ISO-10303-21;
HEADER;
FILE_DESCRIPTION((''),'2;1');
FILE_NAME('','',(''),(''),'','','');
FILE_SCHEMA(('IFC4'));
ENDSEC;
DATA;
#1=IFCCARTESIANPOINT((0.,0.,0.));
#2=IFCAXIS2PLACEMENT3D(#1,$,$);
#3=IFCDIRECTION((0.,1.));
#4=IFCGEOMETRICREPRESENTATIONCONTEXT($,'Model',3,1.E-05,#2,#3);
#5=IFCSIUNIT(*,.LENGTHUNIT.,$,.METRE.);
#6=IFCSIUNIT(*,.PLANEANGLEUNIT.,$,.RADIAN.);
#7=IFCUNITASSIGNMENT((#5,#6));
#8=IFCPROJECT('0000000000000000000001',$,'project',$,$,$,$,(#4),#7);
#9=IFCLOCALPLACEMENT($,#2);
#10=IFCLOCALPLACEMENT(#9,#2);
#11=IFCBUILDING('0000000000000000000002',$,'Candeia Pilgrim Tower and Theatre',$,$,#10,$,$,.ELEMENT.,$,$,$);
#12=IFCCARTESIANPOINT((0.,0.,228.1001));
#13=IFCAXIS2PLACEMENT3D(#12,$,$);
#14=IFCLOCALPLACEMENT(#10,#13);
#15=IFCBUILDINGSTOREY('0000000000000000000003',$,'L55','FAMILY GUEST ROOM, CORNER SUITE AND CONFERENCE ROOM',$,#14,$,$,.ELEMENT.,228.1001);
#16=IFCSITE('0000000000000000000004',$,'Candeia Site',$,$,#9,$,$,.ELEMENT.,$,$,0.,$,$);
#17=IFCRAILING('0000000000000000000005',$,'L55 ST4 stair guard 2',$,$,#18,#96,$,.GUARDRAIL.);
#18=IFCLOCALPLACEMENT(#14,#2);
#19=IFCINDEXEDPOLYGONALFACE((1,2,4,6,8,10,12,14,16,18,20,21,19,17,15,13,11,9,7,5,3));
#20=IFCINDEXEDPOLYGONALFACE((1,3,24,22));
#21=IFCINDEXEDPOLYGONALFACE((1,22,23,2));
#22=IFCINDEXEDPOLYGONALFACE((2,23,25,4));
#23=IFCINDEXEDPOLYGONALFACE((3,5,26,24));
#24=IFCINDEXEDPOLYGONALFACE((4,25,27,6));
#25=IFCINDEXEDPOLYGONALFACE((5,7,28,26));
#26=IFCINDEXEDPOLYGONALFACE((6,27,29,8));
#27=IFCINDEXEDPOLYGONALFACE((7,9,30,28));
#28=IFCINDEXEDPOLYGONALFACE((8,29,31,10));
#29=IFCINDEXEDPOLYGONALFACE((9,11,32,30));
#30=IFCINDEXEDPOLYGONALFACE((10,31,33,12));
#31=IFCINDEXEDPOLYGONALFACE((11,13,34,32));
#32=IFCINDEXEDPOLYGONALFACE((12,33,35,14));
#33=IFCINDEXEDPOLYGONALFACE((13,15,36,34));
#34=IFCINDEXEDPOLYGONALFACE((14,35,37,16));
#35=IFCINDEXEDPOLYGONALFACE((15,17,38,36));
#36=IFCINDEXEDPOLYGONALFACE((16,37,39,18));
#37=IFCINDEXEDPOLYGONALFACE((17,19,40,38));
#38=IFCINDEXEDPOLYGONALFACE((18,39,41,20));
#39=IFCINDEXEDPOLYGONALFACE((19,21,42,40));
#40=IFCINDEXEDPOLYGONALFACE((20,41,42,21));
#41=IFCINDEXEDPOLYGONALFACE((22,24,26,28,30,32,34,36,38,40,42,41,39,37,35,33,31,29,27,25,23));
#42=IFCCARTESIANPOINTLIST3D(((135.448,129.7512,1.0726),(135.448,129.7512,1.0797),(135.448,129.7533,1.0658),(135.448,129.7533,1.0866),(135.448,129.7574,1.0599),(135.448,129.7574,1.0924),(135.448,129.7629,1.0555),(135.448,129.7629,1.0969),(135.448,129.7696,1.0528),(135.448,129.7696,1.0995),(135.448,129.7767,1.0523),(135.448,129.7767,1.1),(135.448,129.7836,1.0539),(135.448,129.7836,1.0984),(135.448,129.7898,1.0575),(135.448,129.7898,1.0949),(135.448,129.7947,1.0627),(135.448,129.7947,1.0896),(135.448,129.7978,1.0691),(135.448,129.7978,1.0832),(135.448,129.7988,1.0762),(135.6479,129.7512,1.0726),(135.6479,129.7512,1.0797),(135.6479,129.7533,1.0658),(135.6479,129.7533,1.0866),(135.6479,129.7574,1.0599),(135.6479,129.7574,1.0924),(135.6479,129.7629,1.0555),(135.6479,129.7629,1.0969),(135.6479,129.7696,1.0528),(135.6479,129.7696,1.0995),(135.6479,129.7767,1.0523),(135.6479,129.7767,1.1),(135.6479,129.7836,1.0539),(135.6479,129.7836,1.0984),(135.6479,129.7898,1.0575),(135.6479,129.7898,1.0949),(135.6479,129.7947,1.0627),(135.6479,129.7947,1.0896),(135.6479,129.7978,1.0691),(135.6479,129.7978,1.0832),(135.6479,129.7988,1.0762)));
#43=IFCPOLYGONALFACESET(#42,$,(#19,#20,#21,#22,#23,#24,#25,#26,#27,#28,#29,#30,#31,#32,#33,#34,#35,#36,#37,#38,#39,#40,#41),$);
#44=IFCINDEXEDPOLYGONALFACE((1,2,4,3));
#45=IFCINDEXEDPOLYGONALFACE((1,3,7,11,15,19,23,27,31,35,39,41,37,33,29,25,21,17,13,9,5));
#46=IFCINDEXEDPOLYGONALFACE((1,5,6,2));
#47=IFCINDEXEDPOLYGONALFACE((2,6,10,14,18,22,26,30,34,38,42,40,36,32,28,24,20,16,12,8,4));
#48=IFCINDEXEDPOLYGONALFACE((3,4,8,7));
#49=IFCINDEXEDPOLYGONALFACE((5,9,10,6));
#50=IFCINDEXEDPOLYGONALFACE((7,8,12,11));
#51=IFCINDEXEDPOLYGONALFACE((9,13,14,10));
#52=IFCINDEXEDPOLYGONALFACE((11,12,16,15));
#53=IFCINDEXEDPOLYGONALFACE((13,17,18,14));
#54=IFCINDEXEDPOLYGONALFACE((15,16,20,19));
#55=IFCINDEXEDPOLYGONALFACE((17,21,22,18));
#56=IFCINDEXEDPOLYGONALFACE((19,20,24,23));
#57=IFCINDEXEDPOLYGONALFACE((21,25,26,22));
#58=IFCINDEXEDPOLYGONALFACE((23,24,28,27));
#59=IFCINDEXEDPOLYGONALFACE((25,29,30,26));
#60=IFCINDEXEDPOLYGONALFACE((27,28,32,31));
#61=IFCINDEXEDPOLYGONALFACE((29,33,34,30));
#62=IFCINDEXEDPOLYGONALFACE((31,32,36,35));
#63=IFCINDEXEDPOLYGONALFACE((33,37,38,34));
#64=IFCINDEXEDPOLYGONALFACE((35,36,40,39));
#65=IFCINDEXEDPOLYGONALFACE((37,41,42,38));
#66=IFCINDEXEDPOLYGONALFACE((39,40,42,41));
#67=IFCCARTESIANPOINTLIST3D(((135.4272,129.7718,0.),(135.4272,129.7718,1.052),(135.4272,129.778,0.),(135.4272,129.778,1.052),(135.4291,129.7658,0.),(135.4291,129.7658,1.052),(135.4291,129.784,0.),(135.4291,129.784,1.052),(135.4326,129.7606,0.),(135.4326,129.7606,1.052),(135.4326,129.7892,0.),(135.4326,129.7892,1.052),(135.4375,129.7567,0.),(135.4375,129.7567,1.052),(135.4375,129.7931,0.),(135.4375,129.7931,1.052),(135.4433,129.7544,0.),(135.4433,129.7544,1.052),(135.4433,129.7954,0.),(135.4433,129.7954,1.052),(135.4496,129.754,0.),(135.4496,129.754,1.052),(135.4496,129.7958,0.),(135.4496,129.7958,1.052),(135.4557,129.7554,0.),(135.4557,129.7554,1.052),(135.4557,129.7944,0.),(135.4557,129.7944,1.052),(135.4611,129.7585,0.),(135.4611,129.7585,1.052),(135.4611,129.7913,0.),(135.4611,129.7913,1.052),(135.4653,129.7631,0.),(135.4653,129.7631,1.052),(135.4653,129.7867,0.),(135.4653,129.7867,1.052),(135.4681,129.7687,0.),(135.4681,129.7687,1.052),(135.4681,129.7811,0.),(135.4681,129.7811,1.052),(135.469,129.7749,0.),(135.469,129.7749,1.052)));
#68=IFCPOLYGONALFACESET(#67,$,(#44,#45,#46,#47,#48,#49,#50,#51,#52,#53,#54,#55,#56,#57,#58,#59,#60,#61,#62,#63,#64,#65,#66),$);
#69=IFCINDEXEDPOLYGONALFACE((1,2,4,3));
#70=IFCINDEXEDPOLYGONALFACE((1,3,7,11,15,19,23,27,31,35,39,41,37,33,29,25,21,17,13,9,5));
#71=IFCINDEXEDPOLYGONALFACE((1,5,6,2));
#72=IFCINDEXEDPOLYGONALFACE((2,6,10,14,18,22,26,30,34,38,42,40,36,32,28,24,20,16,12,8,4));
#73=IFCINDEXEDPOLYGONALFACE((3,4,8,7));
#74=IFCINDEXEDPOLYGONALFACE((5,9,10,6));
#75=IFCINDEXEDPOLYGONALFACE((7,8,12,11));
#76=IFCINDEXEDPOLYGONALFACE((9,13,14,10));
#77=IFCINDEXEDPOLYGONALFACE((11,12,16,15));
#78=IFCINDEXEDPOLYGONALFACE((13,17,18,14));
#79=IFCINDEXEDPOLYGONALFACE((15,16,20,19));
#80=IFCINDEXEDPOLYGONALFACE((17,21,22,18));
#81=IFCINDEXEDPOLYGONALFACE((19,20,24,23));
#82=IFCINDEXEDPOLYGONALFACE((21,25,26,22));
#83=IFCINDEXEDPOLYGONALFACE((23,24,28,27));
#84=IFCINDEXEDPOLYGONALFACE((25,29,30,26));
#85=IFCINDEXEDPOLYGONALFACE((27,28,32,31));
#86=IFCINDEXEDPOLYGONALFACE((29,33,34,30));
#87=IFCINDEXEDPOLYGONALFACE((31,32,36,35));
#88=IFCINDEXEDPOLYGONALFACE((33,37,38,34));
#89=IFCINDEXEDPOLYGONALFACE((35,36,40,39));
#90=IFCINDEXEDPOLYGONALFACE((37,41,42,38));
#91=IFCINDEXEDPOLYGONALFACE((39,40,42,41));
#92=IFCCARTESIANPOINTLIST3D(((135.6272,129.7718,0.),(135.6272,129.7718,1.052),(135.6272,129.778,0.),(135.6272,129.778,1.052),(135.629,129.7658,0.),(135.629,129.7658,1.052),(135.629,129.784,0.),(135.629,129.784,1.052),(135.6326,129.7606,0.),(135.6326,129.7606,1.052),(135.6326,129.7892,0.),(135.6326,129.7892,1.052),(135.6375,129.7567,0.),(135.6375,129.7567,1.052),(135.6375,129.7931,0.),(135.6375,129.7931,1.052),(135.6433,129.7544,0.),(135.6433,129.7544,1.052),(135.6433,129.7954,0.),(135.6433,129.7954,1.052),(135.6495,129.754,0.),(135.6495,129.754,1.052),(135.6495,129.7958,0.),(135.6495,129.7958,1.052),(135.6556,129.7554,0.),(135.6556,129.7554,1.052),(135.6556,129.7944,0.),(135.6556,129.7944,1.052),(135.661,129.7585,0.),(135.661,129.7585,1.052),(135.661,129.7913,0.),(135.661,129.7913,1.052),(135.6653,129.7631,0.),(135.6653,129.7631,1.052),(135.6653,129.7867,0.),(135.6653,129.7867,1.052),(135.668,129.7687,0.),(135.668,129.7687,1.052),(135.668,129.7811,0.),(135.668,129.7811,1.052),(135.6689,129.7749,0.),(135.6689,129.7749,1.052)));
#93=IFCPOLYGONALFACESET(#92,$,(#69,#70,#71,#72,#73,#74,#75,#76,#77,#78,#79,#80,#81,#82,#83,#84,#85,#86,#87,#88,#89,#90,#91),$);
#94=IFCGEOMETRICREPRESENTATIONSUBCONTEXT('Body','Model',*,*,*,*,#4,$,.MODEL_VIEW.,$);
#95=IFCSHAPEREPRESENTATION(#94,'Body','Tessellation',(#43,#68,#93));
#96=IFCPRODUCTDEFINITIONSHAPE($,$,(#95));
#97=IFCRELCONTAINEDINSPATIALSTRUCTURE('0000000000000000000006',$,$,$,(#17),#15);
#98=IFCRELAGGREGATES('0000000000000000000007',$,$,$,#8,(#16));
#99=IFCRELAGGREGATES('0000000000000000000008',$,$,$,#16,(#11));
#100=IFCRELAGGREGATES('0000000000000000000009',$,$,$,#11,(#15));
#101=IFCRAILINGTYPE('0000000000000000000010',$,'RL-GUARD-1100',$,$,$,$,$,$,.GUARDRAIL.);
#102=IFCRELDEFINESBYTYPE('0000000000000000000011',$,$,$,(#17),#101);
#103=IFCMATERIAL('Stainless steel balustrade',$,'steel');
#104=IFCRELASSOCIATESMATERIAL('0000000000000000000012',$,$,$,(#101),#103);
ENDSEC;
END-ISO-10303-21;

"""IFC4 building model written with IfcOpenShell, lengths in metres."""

from ifc_helpers import new_model, si_unit, direction, frame, origin, origin_2d, place, context, subcontext, project, spatial, circle, extrude, material, type_object, element, save


model = new_model("IFC4")

# Units and contexts
model_context = context("Model", 3, precision=1e-05, world=origin(), true_north=direction((0.0, 1.0)))
body_context = subcontext(model_context, "Body", "Model", "MODEL_VIEW")
ifc_project = project(units=[si_unit("LENGTHUNIT", "METRE"), si_unit("PLANEANGLEUNIT", "RADIAN")], contexts=[model_context])

# Site, building, storey
site_placement = place(None, origin())
site = spatial("IfcSite", under=ifc_project, at=site_placement, Name="Candeia Site", CompositionType="ELEMENT", RefElevation=0.0)
building_placement = place(site_placement, origin())
building = spatial("IfcBuilding", under=site, at=building_placement, Name="Candeia Pilgrim Tower and Theatre", CompositionType="ELEMENT")
storey_placement = place(building_placement, frame((0.0, 0.0, 228.1001)))
storey = spatial("IfcBuildingStorey", under=building, at=storey_placement, Name="L55", Description="FAMILY GUEST ROOM, CORNER SUITE AND CONFERENCE ROOM", CompositionType="ELEMENT", Elevation=228.1001)

# Railing
ifc_material_1 = material(Name="Stainless steel balustrade", Category="steel")
railing_type_1 = type_object("IfcRailingType", Name="RL-GUARD-1100", PredefinedType="GUARDRAIL", material=ifc_material_1)
railing_1_placement = place(storey_placement, frame((135.448, 129.7749, 0.0)))
element("IfcRailing", 1, at=railing_1_placement, inside=storey, type_object=railing_type_1, Name="L55 ST4 stair guard 2", PredefinedType="GUARDRAIL", context=body_context, shape_type="SweptSolid", body=[
    extrude(circle(Radius=0.0239, at=origin_2d()), frame((0.0, 0.0, 1.0762), z_axis=(1.0, 0.0, 0.0), x_axis=(0.0, 1.0, 0.0)), (0.0, 0.0, 1.0), 0.2),
    extrude(circle(Radius=0.021, at=origin_2d()), origin(), (0.0, 0.0, 1.0), 1.052),
    extrude(circle(Radius=0.021, at=origin_2d()), frame((0.2, 0.0, 0.0)), (0.0, 0.0, 1.0), 1.052),
])

save(model, "model.ifc")
